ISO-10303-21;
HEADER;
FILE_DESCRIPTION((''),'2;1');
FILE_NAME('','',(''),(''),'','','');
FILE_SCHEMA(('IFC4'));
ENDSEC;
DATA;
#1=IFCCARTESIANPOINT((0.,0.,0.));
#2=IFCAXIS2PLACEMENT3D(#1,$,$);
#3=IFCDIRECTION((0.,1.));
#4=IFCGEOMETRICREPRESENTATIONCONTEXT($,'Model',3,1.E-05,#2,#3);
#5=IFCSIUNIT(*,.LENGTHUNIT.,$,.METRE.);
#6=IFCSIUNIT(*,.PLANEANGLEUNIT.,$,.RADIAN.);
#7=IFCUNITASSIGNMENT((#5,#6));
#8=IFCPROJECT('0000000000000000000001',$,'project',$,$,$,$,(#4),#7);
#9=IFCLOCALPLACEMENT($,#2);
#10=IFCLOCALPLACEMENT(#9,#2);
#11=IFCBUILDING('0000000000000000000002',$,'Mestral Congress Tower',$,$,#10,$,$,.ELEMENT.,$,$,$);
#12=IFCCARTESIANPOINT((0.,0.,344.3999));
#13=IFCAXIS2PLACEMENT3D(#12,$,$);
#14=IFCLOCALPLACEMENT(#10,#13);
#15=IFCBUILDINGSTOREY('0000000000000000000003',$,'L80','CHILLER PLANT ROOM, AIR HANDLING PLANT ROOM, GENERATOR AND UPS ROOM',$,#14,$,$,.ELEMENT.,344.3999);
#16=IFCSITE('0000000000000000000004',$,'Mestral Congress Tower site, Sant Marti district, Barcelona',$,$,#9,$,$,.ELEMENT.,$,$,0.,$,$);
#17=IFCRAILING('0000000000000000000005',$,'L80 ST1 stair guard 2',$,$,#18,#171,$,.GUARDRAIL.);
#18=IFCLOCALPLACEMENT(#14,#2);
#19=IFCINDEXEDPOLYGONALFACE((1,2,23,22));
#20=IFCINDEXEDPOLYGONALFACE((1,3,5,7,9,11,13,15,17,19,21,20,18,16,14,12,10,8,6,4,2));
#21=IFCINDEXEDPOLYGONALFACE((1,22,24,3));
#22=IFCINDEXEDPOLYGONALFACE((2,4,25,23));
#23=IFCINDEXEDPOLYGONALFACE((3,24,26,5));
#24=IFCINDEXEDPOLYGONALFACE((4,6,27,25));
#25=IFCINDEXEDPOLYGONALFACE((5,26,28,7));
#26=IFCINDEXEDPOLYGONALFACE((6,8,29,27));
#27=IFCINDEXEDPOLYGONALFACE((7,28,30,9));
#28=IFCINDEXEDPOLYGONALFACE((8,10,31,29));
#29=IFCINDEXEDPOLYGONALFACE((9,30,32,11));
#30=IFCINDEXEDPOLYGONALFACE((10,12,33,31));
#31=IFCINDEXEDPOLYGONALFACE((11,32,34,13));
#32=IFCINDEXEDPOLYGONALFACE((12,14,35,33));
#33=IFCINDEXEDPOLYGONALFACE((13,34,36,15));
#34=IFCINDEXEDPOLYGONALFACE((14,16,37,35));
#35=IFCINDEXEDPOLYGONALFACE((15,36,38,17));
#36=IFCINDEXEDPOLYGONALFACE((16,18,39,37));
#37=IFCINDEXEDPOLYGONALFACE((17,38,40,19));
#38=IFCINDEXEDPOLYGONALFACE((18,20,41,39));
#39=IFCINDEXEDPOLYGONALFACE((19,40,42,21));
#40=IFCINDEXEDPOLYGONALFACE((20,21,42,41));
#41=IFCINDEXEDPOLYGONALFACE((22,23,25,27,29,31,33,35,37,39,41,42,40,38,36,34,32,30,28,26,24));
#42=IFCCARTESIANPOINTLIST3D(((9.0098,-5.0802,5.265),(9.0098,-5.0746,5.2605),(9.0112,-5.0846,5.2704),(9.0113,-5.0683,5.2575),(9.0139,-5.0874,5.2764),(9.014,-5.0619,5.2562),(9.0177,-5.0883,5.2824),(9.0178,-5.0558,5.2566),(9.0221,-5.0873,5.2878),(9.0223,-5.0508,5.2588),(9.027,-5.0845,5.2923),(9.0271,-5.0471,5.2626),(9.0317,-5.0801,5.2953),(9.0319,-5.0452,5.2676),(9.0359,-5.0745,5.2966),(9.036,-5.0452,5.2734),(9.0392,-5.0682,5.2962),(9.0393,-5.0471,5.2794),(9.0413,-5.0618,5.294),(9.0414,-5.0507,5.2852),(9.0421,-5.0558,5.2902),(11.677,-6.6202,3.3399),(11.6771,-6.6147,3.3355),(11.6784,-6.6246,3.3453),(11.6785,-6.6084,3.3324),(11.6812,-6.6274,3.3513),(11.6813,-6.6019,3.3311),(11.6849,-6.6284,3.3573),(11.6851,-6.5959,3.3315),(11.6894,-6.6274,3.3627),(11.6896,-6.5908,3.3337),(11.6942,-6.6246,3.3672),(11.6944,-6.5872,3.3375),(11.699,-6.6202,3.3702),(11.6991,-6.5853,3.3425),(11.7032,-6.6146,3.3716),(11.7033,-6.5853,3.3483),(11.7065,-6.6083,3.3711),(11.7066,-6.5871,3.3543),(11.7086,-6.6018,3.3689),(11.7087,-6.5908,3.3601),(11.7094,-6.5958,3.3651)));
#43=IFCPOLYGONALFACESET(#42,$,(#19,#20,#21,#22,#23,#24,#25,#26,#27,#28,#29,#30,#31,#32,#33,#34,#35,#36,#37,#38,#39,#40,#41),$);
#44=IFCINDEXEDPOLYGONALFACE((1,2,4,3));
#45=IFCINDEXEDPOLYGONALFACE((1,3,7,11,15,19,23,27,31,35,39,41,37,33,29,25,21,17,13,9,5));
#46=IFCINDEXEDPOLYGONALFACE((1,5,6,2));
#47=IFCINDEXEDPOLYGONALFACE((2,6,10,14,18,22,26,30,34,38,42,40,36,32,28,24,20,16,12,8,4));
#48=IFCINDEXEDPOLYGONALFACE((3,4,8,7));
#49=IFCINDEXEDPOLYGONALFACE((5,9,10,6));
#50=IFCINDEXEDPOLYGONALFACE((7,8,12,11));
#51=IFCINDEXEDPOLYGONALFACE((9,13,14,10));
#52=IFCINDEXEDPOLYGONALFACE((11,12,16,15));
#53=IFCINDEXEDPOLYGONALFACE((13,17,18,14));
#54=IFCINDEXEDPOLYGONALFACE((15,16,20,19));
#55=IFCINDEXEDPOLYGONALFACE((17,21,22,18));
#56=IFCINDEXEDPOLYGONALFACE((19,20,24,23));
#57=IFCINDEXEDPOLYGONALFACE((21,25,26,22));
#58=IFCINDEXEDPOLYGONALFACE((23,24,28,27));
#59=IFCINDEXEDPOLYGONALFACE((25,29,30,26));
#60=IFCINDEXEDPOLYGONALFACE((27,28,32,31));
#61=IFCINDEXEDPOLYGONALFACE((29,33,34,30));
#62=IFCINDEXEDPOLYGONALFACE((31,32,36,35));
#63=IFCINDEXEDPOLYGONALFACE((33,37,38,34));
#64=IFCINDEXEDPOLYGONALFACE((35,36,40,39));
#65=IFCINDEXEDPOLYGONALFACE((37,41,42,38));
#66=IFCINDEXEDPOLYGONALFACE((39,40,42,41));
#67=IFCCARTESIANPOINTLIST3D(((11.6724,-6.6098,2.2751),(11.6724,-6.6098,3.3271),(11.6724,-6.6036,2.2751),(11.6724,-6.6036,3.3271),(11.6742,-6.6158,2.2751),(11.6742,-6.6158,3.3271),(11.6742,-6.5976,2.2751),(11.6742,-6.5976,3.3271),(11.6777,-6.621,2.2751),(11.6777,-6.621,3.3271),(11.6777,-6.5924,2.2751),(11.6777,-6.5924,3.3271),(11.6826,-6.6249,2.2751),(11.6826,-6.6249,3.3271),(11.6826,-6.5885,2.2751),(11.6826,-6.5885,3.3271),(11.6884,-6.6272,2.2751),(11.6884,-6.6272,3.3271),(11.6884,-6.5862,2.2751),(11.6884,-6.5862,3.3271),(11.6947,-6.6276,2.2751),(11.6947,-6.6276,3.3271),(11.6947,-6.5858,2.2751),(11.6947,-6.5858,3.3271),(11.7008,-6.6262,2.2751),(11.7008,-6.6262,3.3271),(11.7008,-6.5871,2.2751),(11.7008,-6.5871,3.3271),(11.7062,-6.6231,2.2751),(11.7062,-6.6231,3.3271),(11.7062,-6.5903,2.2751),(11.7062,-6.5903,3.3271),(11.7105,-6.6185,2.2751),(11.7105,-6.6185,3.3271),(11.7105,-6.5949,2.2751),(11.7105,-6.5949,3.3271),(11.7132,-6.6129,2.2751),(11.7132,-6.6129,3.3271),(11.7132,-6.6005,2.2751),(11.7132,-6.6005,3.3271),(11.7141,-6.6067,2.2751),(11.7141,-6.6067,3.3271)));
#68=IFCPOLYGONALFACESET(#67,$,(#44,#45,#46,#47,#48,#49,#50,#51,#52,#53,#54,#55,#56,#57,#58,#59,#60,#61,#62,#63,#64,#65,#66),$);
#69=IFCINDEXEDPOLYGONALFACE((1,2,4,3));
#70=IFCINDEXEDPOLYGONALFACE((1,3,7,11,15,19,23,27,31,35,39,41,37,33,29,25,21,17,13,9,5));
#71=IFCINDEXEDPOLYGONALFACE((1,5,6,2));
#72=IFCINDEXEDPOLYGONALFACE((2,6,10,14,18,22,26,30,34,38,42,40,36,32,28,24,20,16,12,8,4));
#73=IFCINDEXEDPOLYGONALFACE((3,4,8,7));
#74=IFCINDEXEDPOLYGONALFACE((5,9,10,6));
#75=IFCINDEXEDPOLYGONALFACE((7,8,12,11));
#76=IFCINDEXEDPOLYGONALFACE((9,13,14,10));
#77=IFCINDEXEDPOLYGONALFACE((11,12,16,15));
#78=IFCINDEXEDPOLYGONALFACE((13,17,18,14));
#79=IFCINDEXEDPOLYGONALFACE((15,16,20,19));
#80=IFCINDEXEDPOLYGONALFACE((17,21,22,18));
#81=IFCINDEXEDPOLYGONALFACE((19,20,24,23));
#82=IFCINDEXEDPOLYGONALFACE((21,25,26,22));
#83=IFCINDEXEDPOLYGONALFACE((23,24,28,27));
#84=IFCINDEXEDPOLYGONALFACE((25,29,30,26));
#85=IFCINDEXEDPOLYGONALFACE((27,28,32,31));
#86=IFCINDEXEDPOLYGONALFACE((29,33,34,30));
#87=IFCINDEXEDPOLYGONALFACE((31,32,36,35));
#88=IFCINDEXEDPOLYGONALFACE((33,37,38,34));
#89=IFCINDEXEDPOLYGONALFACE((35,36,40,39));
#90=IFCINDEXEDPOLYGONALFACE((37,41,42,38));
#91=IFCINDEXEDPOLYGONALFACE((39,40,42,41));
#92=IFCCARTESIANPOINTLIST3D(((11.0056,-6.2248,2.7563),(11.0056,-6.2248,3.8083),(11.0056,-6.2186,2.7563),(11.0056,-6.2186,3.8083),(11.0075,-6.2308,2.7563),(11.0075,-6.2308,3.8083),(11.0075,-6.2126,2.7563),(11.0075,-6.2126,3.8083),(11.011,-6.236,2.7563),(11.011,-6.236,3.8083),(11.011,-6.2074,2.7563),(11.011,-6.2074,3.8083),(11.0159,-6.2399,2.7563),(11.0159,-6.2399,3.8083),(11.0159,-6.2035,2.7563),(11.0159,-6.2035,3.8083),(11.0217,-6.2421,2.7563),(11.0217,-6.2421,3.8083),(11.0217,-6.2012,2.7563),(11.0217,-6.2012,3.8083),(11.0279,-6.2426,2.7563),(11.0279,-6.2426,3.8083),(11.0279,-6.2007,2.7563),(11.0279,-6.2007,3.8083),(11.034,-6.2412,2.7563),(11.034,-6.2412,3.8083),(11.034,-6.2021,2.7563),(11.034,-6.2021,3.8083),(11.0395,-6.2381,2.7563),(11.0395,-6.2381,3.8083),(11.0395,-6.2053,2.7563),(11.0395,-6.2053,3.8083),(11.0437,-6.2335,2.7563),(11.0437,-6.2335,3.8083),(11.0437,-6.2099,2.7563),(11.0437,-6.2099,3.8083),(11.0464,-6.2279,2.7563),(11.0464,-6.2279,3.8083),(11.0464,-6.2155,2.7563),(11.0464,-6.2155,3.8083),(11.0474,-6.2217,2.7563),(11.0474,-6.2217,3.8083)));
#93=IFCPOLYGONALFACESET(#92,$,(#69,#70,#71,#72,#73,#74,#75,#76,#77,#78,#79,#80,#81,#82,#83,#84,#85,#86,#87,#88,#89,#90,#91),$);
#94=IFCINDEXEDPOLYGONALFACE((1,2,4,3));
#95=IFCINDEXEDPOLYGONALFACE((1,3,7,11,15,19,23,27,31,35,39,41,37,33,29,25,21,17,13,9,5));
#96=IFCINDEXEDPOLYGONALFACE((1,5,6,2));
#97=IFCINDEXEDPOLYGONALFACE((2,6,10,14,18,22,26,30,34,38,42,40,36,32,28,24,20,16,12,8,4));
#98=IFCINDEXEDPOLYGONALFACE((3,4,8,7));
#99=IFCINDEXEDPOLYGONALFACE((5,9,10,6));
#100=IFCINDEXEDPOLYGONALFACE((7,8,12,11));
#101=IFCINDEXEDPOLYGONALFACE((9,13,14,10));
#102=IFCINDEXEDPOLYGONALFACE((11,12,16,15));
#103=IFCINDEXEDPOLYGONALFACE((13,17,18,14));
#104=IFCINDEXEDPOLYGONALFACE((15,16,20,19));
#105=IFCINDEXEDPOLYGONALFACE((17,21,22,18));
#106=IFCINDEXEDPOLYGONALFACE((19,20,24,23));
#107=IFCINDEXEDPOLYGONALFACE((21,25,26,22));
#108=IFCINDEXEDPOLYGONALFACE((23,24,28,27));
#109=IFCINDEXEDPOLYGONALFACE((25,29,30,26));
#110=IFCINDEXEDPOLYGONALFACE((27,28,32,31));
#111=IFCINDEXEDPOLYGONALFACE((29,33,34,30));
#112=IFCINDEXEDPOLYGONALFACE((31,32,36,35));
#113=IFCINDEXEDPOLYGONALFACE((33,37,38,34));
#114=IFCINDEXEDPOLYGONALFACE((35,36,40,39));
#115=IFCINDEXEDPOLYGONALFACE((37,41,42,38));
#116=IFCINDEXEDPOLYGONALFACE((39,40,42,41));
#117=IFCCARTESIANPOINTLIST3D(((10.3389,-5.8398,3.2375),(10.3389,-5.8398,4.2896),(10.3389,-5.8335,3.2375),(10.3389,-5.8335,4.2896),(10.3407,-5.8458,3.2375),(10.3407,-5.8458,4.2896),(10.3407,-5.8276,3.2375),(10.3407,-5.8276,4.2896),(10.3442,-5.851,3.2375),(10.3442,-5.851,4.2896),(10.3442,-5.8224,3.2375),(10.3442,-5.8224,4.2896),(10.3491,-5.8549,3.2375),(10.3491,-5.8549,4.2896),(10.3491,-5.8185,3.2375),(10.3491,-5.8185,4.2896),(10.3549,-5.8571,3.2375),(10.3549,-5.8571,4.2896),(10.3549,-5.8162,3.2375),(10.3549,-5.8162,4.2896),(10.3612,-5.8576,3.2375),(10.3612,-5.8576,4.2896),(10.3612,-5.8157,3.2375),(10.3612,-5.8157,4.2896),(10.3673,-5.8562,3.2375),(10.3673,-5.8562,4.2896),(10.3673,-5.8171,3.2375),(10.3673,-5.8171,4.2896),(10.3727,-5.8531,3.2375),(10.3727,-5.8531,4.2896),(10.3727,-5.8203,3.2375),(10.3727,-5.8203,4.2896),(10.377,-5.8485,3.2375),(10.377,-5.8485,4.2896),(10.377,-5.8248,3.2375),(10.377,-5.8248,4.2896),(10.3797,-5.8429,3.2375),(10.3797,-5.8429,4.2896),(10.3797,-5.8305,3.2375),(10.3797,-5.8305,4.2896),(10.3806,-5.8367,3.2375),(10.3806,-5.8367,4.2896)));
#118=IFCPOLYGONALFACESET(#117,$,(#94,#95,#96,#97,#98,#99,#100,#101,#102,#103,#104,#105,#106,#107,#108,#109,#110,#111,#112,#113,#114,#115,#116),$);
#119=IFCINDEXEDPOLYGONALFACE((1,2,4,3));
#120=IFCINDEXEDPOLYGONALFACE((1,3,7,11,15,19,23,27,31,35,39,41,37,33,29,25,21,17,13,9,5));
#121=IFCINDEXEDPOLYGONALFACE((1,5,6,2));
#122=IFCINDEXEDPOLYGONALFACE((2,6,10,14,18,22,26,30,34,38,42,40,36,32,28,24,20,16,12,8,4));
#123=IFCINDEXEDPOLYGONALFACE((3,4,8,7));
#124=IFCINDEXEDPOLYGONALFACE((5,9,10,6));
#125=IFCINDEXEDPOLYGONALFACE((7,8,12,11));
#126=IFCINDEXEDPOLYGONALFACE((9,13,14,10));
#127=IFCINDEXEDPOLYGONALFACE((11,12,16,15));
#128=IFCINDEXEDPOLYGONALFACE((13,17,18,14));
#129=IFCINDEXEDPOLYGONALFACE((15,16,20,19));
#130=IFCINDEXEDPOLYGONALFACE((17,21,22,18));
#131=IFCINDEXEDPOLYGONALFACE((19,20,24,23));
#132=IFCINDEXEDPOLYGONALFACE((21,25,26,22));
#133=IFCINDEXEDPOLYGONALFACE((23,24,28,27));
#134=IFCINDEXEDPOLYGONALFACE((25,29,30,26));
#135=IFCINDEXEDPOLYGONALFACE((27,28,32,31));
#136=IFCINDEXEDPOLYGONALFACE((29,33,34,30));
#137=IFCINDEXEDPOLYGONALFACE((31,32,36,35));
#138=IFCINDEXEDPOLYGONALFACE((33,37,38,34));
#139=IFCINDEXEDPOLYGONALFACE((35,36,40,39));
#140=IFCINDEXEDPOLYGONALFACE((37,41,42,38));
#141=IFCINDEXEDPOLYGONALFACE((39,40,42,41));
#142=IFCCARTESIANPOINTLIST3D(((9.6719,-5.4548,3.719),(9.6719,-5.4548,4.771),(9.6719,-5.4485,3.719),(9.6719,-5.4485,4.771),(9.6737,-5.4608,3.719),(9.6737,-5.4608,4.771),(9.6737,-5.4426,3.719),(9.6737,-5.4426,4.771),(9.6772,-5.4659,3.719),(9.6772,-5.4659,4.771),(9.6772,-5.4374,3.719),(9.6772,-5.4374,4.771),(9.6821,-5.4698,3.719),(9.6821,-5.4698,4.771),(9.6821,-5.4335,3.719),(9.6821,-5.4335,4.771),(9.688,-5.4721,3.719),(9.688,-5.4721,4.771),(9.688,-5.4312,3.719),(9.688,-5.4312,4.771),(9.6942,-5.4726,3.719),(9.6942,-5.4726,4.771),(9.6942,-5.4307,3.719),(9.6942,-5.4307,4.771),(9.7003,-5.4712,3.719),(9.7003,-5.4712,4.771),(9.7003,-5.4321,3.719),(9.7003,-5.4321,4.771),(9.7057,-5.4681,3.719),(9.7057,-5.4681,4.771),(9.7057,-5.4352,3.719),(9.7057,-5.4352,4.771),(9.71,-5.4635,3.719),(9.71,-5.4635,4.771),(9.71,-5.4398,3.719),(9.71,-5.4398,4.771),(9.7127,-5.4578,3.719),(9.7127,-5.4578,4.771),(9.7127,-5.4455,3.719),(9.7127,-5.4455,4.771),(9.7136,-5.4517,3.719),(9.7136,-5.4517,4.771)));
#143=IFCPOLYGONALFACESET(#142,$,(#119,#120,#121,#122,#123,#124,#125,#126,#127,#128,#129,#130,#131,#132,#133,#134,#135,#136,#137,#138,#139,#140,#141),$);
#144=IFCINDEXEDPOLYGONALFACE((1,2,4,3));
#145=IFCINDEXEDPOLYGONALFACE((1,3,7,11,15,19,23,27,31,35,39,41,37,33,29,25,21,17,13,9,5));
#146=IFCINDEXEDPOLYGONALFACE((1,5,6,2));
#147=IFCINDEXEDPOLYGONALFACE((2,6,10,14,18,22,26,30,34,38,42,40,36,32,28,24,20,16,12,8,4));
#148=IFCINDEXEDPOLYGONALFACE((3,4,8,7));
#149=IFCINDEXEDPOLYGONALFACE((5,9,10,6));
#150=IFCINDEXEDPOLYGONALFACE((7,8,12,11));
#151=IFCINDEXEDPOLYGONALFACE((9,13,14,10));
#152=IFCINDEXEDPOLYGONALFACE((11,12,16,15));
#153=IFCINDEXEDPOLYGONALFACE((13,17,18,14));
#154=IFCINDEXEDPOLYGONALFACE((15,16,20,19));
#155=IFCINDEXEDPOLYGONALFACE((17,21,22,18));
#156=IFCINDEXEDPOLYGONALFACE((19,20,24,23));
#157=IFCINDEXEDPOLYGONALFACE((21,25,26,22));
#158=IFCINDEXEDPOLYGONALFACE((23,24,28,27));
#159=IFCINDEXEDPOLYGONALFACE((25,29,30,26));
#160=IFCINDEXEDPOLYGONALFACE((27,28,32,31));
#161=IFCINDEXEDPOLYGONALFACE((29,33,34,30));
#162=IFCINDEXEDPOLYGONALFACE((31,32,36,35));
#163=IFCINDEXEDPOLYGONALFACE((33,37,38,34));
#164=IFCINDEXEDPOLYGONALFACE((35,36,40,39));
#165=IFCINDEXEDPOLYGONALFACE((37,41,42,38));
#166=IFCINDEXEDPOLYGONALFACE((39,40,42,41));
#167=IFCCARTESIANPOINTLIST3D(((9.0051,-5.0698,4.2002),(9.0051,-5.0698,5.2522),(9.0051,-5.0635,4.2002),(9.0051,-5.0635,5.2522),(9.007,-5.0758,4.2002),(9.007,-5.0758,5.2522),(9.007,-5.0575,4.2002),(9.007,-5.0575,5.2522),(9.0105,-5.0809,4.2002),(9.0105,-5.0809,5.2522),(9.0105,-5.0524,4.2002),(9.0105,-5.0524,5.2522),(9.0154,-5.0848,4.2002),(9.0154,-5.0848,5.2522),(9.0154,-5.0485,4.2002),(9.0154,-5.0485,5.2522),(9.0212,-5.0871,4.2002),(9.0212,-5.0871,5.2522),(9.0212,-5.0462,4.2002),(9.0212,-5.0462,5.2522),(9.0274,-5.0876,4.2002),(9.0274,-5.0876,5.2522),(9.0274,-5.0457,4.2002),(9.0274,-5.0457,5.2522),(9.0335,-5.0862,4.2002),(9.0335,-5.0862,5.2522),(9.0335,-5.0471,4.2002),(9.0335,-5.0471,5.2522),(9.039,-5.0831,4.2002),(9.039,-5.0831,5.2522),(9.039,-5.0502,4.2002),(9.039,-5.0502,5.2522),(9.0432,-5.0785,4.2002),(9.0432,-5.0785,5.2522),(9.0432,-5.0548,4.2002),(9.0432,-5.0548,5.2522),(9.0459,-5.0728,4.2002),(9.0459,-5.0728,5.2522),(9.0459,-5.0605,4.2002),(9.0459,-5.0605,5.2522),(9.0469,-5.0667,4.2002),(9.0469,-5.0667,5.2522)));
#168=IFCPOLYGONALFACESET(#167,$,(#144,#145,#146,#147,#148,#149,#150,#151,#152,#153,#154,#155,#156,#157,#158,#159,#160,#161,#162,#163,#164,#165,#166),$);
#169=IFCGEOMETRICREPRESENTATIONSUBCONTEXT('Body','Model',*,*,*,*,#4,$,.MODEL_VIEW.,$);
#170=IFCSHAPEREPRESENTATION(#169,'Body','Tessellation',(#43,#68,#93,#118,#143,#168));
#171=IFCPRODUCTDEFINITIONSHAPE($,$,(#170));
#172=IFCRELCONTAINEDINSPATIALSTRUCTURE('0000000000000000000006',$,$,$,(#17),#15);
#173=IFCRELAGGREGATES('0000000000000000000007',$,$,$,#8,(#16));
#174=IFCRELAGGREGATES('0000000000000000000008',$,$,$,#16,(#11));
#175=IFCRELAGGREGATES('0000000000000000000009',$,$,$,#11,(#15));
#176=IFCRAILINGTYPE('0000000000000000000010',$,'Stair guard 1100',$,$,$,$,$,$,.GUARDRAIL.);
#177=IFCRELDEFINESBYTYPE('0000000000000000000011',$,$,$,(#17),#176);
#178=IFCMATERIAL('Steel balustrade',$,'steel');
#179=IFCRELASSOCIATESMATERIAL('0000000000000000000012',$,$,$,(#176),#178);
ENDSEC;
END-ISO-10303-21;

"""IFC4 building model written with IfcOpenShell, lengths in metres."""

from ifc_helpers import new_model, si_unit, direction, frame, origin, origin_2d, place, context, subcontext, project, spatial, circle, extrude, material, type_object, element, save


model = new_model("IFC4")

# Units and contexts
model_context = context("Model", 3, precision=1e-05, world=origin(), true_north=direction((0.0, 1.0)))
body_context = subcontext(model_context, "Body", "Model", "MODEL_VIEW")
ifc_project = project(units=[si_unit("LENGTHUNIT", "METRE"), si_unit("PLANEANGLEUNIT", "RADIAN")], contexts=[model_context])

# Site, building, storey
site_placement = place(None, origin())
site = spatial("IfcSite", under=ifc_project, at=site_placement, Name="Mestral Congress Tower site, Sant Marti district, Barcelona", CompositionType="ELEMENT", RefElevation=0.0)
building_placement = place(site_placement, origin())
building = spatial("IfcBuilding", under=site, at=building_placement, Name="Mestral Congress Tower", CompositionType="ELEMENT")
storey_placement = place(building_placement, frame((0.0, 0.0, 344.3999)))
storey = spatial("IfcBuildingStorey", under=building, at=storey_placement, Name="L80", Description="CHILLER PLANT ROOM, AIR HANDLING PLANT ROOM, GENERATOR AND UPS ROOM", CompositionType="ELEMENT", Elevation=344.3999)

# Railing
ifc_material_1 = material(Name="Steel balustrade", Category="steel")
railing_type_1 = type_object("IfcRailingType", Name="Stair guard 1100", PredefinedType="GUARDRAIL", material=ifc_material_1)
railing_1_placement = place(storey_placement, frame((11.6931, -6.6067, 2.2751)))
element("IfcRailing", 1, at=railing_1_placement, inside=storey, type_object=railing_type_1, Name="L80 ST1 stair guard 2", PredefinedType="GUARDRAIL", context=body_context, shape_type="SweptSolid", body=[
    extrude(circle(Radius=0.0239, at=origin_2d()), frame((0.0, 0.0, 1.0762), z_axis=(-0.734364, 0.424015, 0.530019), x_axis=(-0.500027, -0.86601, 0.0)), (0.0, 0.0, 1.0), 3.6321),
    extrude(circle(Radius=0.021, at=origin_2d()), origin(), (0.0, 0.0, 1.0), 1.052),
    extrude(circle(Radius=0.021, at=origin_2d()), frame((-0.6667, 0.385, 0.4812)), (0.0, 0.0, 1.0), 1.052),
    extrude(circle(Radius=0.021, at=origin_2d()), frame((-1.3335, 0.77, 0.9624)), (0.0, 0.0, 1.0), 1.052),
    extrude(circle(Radius=0.021, at=origin_2d()), frame((-2.0005, 1.155, 1.4438)), (0.0, 0.0, 1.0), 1.052),
    extrude(circle(Radius=0.021, at=origin_2d()), frame((-2.6672, 1.54, 1.925)), (0.0, 0.0, 1.0), 1.052),
])

save(model, "model.ifc")
